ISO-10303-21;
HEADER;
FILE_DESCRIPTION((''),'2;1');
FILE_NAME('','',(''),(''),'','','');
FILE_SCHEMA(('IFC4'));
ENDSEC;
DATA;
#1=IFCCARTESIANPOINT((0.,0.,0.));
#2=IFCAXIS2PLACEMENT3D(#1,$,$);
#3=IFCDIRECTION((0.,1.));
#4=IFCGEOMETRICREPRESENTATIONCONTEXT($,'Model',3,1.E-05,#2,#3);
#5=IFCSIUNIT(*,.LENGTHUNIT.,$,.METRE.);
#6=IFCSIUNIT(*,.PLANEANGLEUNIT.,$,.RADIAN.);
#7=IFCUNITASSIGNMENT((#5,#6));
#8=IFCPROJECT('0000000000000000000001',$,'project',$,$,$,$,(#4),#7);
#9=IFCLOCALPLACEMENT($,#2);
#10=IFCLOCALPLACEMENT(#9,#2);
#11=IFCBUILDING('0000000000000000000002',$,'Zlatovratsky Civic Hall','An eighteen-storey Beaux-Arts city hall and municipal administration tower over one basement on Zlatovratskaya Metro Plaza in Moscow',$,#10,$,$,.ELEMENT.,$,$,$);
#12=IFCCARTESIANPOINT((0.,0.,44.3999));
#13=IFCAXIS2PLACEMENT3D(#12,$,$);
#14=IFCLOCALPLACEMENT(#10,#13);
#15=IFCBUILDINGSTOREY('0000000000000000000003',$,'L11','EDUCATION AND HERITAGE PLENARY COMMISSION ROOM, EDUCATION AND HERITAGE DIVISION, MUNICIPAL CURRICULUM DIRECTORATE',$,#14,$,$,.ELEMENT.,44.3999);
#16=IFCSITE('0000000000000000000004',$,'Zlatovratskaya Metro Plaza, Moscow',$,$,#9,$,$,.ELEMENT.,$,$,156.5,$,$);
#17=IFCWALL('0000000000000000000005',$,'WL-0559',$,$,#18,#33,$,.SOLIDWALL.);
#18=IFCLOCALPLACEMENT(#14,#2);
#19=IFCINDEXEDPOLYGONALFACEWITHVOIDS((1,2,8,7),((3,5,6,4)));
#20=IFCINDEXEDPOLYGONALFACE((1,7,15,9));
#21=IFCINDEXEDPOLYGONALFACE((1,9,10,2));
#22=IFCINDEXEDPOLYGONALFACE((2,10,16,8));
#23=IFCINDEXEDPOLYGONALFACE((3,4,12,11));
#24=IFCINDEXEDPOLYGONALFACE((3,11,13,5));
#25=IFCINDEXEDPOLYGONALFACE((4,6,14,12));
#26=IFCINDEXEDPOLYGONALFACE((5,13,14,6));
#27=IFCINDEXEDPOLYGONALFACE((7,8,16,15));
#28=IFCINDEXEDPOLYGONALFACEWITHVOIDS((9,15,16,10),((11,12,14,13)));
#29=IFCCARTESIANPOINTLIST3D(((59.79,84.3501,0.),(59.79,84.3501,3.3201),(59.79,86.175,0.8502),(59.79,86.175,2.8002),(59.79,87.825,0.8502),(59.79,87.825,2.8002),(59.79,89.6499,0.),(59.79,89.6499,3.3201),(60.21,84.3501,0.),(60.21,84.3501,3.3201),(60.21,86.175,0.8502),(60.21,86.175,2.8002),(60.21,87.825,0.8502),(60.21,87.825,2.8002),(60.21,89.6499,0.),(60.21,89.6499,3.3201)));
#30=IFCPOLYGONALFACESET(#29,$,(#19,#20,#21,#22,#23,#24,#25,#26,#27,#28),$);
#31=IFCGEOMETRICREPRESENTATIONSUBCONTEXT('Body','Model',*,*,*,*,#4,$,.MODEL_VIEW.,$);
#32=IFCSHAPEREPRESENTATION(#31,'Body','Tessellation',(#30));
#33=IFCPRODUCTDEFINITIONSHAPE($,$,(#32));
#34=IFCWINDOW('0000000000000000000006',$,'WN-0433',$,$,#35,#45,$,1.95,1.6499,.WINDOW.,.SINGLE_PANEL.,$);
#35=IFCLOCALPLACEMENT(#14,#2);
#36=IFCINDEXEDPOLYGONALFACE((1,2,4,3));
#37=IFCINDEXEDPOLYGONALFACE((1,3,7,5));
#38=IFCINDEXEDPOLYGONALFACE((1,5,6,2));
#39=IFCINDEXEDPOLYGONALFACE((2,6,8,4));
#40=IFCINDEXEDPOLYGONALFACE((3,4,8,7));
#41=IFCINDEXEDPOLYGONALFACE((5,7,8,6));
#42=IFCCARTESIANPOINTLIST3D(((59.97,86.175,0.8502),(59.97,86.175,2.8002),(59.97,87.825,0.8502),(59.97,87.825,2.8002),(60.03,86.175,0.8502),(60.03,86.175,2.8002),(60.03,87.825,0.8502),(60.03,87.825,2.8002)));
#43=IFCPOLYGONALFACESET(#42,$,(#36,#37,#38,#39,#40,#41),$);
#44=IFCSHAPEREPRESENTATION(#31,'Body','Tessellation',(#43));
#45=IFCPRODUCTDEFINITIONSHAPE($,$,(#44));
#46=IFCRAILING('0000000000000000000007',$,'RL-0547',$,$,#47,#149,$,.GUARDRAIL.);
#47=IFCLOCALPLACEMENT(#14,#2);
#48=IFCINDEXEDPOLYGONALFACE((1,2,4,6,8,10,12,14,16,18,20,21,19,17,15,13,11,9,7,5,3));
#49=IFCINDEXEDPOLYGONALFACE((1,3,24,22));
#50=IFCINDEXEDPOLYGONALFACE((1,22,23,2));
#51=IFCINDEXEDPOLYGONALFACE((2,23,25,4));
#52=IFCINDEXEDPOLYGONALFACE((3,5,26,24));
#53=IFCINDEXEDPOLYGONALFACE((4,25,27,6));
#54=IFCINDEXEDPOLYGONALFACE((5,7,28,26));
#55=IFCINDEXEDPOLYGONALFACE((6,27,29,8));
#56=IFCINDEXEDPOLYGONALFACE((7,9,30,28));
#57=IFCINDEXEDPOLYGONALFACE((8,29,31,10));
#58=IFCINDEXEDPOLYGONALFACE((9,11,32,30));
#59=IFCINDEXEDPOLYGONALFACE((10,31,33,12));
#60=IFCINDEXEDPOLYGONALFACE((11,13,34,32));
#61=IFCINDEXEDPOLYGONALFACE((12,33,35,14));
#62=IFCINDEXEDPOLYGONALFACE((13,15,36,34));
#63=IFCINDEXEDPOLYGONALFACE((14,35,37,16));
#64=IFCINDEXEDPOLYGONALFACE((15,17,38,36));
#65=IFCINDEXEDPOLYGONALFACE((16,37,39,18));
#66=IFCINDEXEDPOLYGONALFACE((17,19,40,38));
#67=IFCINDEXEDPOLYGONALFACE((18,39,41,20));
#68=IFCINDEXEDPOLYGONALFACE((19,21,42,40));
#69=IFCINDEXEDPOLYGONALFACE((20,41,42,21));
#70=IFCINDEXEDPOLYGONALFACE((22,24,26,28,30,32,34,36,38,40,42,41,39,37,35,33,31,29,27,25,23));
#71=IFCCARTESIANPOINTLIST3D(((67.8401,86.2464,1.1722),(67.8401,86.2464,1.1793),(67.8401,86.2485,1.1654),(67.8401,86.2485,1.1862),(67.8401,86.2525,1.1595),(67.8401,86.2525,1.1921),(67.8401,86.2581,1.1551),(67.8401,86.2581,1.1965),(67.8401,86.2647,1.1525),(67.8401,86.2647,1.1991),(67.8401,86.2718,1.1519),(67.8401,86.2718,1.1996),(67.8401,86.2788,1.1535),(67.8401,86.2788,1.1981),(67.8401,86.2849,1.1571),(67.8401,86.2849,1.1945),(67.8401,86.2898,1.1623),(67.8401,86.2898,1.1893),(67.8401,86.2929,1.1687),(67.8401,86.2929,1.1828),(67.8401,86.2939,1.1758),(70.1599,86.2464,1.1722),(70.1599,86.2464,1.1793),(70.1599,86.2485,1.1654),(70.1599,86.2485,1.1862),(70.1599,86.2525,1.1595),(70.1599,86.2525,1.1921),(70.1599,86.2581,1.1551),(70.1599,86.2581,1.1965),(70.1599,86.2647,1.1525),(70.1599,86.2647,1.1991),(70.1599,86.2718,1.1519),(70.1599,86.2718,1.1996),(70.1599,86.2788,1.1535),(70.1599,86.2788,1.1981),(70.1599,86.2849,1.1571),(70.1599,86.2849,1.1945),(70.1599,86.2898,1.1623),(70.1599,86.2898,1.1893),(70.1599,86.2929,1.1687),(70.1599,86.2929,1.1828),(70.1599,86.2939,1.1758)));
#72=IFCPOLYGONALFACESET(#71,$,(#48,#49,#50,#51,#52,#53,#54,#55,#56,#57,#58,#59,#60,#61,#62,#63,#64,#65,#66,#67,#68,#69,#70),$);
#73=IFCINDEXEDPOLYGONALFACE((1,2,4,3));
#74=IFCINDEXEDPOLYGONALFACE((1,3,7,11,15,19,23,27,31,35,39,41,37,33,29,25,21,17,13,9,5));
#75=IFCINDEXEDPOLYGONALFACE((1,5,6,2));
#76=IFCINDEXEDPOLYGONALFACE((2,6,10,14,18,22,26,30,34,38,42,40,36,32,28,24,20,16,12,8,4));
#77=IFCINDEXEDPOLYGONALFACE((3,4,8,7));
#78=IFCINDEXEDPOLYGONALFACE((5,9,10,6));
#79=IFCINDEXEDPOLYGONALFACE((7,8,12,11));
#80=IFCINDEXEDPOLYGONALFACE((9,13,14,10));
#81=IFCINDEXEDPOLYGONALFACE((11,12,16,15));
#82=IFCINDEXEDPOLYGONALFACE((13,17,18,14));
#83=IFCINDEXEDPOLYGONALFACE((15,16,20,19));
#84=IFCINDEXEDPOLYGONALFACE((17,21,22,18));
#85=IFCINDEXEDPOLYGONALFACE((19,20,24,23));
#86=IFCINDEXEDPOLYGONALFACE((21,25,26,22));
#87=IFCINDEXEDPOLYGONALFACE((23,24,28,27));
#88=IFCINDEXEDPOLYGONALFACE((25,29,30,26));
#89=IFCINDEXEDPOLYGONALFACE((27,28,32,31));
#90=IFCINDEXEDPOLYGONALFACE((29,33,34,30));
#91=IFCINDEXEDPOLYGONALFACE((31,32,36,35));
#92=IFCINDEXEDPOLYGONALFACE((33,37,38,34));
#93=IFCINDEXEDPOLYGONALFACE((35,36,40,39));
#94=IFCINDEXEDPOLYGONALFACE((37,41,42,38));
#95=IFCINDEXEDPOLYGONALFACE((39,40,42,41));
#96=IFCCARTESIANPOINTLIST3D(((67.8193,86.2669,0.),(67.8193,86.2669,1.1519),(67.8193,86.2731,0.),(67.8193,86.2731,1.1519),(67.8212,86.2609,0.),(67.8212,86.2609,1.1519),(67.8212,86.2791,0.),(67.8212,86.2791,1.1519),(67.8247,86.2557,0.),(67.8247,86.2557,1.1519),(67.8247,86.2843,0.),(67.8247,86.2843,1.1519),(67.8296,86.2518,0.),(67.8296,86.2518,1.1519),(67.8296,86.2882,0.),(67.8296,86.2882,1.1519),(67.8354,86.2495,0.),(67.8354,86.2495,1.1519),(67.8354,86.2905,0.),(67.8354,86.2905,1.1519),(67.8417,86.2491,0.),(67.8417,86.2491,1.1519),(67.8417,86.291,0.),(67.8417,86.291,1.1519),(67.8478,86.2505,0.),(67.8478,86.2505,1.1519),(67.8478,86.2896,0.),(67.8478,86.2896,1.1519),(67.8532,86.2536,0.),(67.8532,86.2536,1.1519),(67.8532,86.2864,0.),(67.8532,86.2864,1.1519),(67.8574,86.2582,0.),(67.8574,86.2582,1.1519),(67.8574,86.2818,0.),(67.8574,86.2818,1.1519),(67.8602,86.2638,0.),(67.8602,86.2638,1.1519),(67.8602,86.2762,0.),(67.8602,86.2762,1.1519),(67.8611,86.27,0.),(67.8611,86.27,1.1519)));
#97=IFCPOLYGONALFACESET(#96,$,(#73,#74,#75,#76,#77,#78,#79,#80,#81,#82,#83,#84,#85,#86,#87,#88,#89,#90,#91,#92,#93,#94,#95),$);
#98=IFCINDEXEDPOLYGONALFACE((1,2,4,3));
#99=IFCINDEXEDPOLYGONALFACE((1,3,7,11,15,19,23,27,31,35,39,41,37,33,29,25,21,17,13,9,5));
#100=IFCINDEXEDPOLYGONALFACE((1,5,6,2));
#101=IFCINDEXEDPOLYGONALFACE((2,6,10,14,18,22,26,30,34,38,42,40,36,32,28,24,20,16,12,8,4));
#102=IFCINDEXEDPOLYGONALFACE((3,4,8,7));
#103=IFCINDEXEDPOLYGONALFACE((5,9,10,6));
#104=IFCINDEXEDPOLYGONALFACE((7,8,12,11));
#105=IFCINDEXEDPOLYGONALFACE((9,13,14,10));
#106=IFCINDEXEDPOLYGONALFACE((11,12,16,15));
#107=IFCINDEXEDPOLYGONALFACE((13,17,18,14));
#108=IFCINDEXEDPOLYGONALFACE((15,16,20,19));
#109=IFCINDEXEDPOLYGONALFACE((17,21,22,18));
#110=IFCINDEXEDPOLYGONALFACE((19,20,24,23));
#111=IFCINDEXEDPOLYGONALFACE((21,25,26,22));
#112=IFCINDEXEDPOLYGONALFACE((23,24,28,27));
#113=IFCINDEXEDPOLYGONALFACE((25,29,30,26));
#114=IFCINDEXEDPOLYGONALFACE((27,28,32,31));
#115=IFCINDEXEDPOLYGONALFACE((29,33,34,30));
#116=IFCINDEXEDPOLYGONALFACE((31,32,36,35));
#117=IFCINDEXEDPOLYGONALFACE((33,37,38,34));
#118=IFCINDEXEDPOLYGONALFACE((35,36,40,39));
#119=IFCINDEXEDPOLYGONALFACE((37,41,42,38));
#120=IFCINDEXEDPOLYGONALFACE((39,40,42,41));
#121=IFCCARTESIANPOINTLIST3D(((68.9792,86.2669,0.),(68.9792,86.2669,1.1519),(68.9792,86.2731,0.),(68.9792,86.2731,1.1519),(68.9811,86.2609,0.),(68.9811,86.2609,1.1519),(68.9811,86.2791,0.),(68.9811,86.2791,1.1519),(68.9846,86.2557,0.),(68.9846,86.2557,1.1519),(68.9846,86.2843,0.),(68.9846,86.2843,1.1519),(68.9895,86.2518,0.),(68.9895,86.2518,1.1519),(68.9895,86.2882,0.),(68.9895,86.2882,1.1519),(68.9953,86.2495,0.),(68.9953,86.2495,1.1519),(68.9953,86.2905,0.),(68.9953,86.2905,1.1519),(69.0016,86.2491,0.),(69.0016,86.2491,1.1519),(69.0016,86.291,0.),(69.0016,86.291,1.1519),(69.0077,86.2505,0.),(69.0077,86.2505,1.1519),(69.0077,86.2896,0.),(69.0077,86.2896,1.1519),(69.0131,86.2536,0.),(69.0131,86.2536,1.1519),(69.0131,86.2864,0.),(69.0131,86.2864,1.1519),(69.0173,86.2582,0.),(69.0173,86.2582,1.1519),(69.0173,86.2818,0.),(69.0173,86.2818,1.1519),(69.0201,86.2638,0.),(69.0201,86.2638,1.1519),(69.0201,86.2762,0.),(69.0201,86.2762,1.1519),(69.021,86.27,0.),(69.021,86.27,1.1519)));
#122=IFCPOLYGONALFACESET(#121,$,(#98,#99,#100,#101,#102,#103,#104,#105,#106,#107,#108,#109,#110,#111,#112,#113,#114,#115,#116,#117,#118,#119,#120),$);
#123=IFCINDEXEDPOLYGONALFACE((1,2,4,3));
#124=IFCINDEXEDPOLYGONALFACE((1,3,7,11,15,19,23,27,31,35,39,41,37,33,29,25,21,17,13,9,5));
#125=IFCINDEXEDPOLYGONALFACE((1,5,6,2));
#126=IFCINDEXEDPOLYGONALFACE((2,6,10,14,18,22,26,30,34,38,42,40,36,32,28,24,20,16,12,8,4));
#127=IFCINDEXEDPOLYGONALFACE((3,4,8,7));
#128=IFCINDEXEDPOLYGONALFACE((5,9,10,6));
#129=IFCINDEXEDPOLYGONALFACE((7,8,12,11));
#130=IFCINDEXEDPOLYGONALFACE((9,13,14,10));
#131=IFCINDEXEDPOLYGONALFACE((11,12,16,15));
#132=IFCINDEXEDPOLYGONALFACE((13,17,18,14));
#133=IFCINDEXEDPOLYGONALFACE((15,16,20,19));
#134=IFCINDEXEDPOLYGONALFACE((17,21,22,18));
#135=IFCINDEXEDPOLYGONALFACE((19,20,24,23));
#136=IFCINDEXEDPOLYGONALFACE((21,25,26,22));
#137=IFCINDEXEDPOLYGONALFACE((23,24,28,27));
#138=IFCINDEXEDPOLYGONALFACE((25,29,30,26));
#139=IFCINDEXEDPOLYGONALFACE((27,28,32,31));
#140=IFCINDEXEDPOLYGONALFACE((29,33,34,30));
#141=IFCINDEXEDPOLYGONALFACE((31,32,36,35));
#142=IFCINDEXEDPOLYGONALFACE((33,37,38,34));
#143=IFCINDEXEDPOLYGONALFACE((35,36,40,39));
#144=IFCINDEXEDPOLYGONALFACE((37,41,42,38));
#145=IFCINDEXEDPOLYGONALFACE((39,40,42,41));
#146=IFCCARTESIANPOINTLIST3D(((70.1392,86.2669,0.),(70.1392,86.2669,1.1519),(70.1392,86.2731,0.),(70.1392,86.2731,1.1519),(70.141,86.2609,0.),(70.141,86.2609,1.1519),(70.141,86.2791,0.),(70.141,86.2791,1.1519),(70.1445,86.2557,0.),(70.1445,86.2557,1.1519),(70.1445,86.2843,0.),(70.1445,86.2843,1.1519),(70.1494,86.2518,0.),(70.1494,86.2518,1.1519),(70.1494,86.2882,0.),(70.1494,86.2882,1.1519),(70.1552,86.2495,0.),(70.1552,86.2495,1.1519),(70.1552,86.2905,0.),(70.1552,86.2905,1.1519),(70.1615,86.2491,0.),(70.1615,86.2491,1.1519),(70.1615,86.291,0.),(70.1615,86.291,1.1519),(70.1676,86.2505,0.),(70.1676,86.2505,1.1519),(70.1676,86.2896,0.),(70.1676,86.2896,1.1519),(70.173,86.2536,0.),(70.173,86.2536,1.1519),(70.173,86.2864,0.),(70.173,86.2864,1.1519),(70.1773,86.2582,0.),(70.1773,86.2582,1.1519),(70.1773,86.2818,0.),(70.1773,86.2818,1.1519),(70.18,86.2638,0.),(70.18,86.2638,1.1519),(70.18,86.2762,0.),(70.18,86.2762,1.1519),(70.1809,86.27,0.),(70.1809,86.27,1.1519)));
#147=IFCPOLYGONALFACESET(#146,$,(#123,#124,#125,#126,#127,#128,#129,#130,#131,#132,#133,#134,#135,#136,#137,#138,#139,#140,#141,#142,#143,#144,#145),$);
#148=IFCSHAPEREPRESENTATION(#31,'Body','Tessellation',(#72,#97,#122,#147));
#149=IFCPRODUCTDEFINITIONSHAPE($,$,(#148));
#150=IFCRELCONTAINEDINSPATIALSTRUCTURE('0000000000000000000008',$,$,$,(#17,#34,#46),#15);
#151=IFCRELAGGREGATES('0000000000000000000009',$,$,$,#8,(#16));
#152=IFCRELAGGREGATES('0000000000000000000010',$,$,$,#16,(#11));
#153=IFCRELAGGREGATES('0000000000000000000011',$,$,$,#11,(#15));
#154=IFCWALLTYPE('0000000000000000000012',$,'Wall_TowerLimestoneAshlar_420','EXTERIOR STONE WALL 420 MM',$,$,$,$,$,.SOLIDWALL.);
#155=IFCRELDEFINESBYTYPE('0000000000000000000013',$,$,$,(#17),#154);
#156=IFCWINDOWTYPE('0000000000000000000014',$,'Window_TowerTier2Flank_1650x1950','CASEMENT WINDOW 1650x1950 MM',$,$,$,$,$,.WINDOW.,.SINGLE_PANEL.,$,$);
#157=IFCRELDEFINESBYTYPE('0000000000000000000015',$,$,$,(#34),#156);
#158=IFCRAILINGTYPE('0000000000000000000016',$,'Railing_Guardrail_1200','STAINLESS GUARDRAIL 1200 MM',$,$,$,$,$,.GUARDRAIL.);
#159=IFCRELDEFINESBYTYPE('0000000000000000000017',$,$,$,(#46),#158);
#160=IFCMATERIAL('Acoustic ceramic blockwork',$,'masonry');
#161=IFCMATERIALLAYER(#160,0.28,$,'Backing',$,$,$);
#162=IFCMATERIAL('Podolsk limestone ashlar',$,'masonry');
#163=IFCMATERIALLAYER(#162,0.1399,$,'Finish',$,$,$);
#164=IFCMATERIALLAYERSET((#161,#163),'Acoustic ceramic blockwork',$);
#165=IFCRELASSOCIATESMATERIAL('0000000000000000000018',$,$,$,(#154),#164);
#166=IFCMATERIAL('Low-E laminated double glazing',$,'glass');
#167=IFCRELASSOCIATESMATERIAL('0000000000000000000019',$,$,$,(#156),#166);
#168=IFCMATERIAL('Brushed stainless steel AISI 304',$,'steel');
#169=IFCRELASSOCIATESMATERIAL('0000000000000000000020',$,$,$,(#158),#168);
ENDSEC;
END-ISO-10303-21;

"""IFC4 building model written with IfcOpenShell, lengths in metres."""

from ifc_helpers import new_model, si_unit, direction, frame, frame_2d, origin, origin_2d, place, context, subcontext, project, spatial, rectangle, circle, extrude, material, layer, layer_set, type_object, element, fill, save


model = new_model("IFC4")

# Units and contexts
model_context = context("Model", 3, precision=1e-05, world=origin(), true_north=direction((0.0, 1.0)))
body_context = subcontext(model_context, "Body", "Model", "MODEL_VIEW")
ifc_project = project(units=[si_unit("LENGTHUNIT", "METRE"), si_unit("PLANEANGLEUNIT", "RADIAN")], contexts=[model_context])

# Site, building, storey
site_placement = place(None, origin())
site = spatial("IfcSite", under=ifc_project, at=site_placement, Name="Zlatovratskaya Metro Plaza, Moscow", CompositionType="ELEMENT", RefElevation=156.5)
building_placement = place(site_placement, origin())
building = spatial("IfcBuilding", under=site, at=building_placement, Name="Zlatovratsky Civic Hall", Description="An eighteen-storey Beaux-Arts city hall and municipal administration tower over one basement on Zlatovratskaya Metro Plaza in Moscow", CompositionType="ELEMENT")
storey_placement = place(building_placement, frame((0.0, 0.0, 44.3999)))
storey = spatial("IfcBuildingStorey", under=building, at=storey_placement, Name="L11", Description="EDUCATION AND HERITAGE PLENARY COMMISSION ROOM, EDUCATION AND HERITAGE DIVISION, MUNICIPAL CURRICULUM DIRECTORATE", CompositionType="ELEMENT", Elevation=44.3999)

# Shared definitions
ifc_material_1 = material(Name="Acoustic ceramic blockwork", Category="masonry")

# Wall, opening, window
ifc_layer_1 = layer(ifc_material_1, 0.28, Name="Backing")
ifc_material_2 = material(Name="Podolsk limestone ashlar", Category="masonry")
ifc_layer_2 = layer(ifc_material_2, 0.1399, Name="Finish")
ifc_layer_set_1 = layer_set([ifc_layer_1, ifc_layer_2], Name="Acoustic ceramic blockwork")
wall_type_1 = type_object("IfcWallType", Name="Wall_TowerLimestoneAshlar_420", Description="EXTERIOR STONE WALL 420 MM", PredefinedType="SOLIDWALL", material=ifc_layer_set_1)
ifc_material_3 = material(Name="Low-E laminated double glazing", Category="glass")
window_type = type_object("IfcWindowType", Name="Window_TowerTier2Flank_1650x1950", Description="CASEMENT WINDOW 1650x1950 MM", PartitioningType="SINGLE_PANEL", PredefinedType="WINDOW", material=ifc_material_3)
wall_1_placement = place(storey_placement, frame((60.0, 84.3501, 0.0), z_axis=(0.0, 0.0, 1.0), x_axis=(0.0, 1.0, 0.0)))
wall_1 = element("IfcWall", 1, at=wall_1_placement, inside=storey, type_object=wall_type_1, Name="WL-0559", PredefinedType="SOLIDWALL", context=body_context, shape_type="SweptSolid", body=[
    extrude(rectangle(XDim=5.2998, YDim=0.4199, at=frame_2d((2.6499, 0.0))), origin(), (0.0, 0.0, 1.0), 3.3201),
])
opening_1_placement = place(wall_1_placement, frame((1.825, 0.0, 0.8501)))
opening_1 = element("IfcOpeningElement", 2, at=opening_1_placement, cuts=wall_1, PredefinedType="OPENING", context=body_context, shape_type="SweptSolid", body=[
    extrude(rectangle(XDim=1.6499, YDim=1.95, at=frame_2d((0.825, 0.9751))), frame((0.0, 0.2249, 0.0), z_axis=(0.0, -1.0, 0.0), x_axis=(1.0, 0.0, 0.0)), (0.0, 0.0, 1.0), 0.4497),
])
window_1_placement = place(opening_1_placement, origin())
window_1 = element("IfcWindow", 3, at=window_1_placement, inside=storey, type_object=window_type, Name="WN-0433", OverallHeight=1.95, OverallWidth=1.6499, PartitioningType="SINGLE_PANEL", PredefinedType="WINDOW", context=body_context, shape_type="SweptSolid", body=[
    extrude(rectangle(XDim=1.6499, YDim=1.95, at=frame_2d((0.825, 0.9751))), frame((0.0, 0.03, 0.0), z_axis=(0.0, -1.0, 0.0), x_axis=(1.0, 0.0, 0.0)), (0.0, 0.0, 1.0), 0.0601),
])
fill(opening_1, window_1)

# Railing
ifc_material_4 = material(Name="Brushed stainless steel AISI 304", Category="steel")
railing_type_1 = type_object("IfcRailingType", Name="Railing_Guardrail_1200", Description="STAINLESS GUARDRAIL 1200 MM", PredefinedType="GUARDRAIL", material=ifc_material_4)
railing_1_placement = place(storey_placement, frame((67.8401, 86.27, 0.0)))
element("IfcRailing", 4, at=railing_1_placement, inside=storey, type_object=railing_type_1, Name="RL-0547", PredefinedType="GUARDRAIL", context=body_context, shape_type="SweptSolid", body=[
    extrude(circle(Radius=0.0239, at=origin_2d()), frame((0.0, 0.0, 1.1758), z_axis=(1.0, 0.0, 0.0), x_axis=(0.0, 1.0, 0.0)), (0.0, 0.0, 1.0), 2.3198),
    extrude(circle(Radius=0.021, at=origin_2d()), origin(), (0.0, 0.0, 1.0), 1.1519),
    extrude(circle(Radius=0.021, at=origin_2d()), frame((1.1599, 0.0, 0.0)), (0.0, 0.0, 1.0), 1.1519),
    extrude(circle(Radius=0.021, at=origin_2d()), frame((2.3198, 0.0, 0.0)), (0.0, 0.0, 1.0), 1.1519),
])

save(model, "model.ifc")
